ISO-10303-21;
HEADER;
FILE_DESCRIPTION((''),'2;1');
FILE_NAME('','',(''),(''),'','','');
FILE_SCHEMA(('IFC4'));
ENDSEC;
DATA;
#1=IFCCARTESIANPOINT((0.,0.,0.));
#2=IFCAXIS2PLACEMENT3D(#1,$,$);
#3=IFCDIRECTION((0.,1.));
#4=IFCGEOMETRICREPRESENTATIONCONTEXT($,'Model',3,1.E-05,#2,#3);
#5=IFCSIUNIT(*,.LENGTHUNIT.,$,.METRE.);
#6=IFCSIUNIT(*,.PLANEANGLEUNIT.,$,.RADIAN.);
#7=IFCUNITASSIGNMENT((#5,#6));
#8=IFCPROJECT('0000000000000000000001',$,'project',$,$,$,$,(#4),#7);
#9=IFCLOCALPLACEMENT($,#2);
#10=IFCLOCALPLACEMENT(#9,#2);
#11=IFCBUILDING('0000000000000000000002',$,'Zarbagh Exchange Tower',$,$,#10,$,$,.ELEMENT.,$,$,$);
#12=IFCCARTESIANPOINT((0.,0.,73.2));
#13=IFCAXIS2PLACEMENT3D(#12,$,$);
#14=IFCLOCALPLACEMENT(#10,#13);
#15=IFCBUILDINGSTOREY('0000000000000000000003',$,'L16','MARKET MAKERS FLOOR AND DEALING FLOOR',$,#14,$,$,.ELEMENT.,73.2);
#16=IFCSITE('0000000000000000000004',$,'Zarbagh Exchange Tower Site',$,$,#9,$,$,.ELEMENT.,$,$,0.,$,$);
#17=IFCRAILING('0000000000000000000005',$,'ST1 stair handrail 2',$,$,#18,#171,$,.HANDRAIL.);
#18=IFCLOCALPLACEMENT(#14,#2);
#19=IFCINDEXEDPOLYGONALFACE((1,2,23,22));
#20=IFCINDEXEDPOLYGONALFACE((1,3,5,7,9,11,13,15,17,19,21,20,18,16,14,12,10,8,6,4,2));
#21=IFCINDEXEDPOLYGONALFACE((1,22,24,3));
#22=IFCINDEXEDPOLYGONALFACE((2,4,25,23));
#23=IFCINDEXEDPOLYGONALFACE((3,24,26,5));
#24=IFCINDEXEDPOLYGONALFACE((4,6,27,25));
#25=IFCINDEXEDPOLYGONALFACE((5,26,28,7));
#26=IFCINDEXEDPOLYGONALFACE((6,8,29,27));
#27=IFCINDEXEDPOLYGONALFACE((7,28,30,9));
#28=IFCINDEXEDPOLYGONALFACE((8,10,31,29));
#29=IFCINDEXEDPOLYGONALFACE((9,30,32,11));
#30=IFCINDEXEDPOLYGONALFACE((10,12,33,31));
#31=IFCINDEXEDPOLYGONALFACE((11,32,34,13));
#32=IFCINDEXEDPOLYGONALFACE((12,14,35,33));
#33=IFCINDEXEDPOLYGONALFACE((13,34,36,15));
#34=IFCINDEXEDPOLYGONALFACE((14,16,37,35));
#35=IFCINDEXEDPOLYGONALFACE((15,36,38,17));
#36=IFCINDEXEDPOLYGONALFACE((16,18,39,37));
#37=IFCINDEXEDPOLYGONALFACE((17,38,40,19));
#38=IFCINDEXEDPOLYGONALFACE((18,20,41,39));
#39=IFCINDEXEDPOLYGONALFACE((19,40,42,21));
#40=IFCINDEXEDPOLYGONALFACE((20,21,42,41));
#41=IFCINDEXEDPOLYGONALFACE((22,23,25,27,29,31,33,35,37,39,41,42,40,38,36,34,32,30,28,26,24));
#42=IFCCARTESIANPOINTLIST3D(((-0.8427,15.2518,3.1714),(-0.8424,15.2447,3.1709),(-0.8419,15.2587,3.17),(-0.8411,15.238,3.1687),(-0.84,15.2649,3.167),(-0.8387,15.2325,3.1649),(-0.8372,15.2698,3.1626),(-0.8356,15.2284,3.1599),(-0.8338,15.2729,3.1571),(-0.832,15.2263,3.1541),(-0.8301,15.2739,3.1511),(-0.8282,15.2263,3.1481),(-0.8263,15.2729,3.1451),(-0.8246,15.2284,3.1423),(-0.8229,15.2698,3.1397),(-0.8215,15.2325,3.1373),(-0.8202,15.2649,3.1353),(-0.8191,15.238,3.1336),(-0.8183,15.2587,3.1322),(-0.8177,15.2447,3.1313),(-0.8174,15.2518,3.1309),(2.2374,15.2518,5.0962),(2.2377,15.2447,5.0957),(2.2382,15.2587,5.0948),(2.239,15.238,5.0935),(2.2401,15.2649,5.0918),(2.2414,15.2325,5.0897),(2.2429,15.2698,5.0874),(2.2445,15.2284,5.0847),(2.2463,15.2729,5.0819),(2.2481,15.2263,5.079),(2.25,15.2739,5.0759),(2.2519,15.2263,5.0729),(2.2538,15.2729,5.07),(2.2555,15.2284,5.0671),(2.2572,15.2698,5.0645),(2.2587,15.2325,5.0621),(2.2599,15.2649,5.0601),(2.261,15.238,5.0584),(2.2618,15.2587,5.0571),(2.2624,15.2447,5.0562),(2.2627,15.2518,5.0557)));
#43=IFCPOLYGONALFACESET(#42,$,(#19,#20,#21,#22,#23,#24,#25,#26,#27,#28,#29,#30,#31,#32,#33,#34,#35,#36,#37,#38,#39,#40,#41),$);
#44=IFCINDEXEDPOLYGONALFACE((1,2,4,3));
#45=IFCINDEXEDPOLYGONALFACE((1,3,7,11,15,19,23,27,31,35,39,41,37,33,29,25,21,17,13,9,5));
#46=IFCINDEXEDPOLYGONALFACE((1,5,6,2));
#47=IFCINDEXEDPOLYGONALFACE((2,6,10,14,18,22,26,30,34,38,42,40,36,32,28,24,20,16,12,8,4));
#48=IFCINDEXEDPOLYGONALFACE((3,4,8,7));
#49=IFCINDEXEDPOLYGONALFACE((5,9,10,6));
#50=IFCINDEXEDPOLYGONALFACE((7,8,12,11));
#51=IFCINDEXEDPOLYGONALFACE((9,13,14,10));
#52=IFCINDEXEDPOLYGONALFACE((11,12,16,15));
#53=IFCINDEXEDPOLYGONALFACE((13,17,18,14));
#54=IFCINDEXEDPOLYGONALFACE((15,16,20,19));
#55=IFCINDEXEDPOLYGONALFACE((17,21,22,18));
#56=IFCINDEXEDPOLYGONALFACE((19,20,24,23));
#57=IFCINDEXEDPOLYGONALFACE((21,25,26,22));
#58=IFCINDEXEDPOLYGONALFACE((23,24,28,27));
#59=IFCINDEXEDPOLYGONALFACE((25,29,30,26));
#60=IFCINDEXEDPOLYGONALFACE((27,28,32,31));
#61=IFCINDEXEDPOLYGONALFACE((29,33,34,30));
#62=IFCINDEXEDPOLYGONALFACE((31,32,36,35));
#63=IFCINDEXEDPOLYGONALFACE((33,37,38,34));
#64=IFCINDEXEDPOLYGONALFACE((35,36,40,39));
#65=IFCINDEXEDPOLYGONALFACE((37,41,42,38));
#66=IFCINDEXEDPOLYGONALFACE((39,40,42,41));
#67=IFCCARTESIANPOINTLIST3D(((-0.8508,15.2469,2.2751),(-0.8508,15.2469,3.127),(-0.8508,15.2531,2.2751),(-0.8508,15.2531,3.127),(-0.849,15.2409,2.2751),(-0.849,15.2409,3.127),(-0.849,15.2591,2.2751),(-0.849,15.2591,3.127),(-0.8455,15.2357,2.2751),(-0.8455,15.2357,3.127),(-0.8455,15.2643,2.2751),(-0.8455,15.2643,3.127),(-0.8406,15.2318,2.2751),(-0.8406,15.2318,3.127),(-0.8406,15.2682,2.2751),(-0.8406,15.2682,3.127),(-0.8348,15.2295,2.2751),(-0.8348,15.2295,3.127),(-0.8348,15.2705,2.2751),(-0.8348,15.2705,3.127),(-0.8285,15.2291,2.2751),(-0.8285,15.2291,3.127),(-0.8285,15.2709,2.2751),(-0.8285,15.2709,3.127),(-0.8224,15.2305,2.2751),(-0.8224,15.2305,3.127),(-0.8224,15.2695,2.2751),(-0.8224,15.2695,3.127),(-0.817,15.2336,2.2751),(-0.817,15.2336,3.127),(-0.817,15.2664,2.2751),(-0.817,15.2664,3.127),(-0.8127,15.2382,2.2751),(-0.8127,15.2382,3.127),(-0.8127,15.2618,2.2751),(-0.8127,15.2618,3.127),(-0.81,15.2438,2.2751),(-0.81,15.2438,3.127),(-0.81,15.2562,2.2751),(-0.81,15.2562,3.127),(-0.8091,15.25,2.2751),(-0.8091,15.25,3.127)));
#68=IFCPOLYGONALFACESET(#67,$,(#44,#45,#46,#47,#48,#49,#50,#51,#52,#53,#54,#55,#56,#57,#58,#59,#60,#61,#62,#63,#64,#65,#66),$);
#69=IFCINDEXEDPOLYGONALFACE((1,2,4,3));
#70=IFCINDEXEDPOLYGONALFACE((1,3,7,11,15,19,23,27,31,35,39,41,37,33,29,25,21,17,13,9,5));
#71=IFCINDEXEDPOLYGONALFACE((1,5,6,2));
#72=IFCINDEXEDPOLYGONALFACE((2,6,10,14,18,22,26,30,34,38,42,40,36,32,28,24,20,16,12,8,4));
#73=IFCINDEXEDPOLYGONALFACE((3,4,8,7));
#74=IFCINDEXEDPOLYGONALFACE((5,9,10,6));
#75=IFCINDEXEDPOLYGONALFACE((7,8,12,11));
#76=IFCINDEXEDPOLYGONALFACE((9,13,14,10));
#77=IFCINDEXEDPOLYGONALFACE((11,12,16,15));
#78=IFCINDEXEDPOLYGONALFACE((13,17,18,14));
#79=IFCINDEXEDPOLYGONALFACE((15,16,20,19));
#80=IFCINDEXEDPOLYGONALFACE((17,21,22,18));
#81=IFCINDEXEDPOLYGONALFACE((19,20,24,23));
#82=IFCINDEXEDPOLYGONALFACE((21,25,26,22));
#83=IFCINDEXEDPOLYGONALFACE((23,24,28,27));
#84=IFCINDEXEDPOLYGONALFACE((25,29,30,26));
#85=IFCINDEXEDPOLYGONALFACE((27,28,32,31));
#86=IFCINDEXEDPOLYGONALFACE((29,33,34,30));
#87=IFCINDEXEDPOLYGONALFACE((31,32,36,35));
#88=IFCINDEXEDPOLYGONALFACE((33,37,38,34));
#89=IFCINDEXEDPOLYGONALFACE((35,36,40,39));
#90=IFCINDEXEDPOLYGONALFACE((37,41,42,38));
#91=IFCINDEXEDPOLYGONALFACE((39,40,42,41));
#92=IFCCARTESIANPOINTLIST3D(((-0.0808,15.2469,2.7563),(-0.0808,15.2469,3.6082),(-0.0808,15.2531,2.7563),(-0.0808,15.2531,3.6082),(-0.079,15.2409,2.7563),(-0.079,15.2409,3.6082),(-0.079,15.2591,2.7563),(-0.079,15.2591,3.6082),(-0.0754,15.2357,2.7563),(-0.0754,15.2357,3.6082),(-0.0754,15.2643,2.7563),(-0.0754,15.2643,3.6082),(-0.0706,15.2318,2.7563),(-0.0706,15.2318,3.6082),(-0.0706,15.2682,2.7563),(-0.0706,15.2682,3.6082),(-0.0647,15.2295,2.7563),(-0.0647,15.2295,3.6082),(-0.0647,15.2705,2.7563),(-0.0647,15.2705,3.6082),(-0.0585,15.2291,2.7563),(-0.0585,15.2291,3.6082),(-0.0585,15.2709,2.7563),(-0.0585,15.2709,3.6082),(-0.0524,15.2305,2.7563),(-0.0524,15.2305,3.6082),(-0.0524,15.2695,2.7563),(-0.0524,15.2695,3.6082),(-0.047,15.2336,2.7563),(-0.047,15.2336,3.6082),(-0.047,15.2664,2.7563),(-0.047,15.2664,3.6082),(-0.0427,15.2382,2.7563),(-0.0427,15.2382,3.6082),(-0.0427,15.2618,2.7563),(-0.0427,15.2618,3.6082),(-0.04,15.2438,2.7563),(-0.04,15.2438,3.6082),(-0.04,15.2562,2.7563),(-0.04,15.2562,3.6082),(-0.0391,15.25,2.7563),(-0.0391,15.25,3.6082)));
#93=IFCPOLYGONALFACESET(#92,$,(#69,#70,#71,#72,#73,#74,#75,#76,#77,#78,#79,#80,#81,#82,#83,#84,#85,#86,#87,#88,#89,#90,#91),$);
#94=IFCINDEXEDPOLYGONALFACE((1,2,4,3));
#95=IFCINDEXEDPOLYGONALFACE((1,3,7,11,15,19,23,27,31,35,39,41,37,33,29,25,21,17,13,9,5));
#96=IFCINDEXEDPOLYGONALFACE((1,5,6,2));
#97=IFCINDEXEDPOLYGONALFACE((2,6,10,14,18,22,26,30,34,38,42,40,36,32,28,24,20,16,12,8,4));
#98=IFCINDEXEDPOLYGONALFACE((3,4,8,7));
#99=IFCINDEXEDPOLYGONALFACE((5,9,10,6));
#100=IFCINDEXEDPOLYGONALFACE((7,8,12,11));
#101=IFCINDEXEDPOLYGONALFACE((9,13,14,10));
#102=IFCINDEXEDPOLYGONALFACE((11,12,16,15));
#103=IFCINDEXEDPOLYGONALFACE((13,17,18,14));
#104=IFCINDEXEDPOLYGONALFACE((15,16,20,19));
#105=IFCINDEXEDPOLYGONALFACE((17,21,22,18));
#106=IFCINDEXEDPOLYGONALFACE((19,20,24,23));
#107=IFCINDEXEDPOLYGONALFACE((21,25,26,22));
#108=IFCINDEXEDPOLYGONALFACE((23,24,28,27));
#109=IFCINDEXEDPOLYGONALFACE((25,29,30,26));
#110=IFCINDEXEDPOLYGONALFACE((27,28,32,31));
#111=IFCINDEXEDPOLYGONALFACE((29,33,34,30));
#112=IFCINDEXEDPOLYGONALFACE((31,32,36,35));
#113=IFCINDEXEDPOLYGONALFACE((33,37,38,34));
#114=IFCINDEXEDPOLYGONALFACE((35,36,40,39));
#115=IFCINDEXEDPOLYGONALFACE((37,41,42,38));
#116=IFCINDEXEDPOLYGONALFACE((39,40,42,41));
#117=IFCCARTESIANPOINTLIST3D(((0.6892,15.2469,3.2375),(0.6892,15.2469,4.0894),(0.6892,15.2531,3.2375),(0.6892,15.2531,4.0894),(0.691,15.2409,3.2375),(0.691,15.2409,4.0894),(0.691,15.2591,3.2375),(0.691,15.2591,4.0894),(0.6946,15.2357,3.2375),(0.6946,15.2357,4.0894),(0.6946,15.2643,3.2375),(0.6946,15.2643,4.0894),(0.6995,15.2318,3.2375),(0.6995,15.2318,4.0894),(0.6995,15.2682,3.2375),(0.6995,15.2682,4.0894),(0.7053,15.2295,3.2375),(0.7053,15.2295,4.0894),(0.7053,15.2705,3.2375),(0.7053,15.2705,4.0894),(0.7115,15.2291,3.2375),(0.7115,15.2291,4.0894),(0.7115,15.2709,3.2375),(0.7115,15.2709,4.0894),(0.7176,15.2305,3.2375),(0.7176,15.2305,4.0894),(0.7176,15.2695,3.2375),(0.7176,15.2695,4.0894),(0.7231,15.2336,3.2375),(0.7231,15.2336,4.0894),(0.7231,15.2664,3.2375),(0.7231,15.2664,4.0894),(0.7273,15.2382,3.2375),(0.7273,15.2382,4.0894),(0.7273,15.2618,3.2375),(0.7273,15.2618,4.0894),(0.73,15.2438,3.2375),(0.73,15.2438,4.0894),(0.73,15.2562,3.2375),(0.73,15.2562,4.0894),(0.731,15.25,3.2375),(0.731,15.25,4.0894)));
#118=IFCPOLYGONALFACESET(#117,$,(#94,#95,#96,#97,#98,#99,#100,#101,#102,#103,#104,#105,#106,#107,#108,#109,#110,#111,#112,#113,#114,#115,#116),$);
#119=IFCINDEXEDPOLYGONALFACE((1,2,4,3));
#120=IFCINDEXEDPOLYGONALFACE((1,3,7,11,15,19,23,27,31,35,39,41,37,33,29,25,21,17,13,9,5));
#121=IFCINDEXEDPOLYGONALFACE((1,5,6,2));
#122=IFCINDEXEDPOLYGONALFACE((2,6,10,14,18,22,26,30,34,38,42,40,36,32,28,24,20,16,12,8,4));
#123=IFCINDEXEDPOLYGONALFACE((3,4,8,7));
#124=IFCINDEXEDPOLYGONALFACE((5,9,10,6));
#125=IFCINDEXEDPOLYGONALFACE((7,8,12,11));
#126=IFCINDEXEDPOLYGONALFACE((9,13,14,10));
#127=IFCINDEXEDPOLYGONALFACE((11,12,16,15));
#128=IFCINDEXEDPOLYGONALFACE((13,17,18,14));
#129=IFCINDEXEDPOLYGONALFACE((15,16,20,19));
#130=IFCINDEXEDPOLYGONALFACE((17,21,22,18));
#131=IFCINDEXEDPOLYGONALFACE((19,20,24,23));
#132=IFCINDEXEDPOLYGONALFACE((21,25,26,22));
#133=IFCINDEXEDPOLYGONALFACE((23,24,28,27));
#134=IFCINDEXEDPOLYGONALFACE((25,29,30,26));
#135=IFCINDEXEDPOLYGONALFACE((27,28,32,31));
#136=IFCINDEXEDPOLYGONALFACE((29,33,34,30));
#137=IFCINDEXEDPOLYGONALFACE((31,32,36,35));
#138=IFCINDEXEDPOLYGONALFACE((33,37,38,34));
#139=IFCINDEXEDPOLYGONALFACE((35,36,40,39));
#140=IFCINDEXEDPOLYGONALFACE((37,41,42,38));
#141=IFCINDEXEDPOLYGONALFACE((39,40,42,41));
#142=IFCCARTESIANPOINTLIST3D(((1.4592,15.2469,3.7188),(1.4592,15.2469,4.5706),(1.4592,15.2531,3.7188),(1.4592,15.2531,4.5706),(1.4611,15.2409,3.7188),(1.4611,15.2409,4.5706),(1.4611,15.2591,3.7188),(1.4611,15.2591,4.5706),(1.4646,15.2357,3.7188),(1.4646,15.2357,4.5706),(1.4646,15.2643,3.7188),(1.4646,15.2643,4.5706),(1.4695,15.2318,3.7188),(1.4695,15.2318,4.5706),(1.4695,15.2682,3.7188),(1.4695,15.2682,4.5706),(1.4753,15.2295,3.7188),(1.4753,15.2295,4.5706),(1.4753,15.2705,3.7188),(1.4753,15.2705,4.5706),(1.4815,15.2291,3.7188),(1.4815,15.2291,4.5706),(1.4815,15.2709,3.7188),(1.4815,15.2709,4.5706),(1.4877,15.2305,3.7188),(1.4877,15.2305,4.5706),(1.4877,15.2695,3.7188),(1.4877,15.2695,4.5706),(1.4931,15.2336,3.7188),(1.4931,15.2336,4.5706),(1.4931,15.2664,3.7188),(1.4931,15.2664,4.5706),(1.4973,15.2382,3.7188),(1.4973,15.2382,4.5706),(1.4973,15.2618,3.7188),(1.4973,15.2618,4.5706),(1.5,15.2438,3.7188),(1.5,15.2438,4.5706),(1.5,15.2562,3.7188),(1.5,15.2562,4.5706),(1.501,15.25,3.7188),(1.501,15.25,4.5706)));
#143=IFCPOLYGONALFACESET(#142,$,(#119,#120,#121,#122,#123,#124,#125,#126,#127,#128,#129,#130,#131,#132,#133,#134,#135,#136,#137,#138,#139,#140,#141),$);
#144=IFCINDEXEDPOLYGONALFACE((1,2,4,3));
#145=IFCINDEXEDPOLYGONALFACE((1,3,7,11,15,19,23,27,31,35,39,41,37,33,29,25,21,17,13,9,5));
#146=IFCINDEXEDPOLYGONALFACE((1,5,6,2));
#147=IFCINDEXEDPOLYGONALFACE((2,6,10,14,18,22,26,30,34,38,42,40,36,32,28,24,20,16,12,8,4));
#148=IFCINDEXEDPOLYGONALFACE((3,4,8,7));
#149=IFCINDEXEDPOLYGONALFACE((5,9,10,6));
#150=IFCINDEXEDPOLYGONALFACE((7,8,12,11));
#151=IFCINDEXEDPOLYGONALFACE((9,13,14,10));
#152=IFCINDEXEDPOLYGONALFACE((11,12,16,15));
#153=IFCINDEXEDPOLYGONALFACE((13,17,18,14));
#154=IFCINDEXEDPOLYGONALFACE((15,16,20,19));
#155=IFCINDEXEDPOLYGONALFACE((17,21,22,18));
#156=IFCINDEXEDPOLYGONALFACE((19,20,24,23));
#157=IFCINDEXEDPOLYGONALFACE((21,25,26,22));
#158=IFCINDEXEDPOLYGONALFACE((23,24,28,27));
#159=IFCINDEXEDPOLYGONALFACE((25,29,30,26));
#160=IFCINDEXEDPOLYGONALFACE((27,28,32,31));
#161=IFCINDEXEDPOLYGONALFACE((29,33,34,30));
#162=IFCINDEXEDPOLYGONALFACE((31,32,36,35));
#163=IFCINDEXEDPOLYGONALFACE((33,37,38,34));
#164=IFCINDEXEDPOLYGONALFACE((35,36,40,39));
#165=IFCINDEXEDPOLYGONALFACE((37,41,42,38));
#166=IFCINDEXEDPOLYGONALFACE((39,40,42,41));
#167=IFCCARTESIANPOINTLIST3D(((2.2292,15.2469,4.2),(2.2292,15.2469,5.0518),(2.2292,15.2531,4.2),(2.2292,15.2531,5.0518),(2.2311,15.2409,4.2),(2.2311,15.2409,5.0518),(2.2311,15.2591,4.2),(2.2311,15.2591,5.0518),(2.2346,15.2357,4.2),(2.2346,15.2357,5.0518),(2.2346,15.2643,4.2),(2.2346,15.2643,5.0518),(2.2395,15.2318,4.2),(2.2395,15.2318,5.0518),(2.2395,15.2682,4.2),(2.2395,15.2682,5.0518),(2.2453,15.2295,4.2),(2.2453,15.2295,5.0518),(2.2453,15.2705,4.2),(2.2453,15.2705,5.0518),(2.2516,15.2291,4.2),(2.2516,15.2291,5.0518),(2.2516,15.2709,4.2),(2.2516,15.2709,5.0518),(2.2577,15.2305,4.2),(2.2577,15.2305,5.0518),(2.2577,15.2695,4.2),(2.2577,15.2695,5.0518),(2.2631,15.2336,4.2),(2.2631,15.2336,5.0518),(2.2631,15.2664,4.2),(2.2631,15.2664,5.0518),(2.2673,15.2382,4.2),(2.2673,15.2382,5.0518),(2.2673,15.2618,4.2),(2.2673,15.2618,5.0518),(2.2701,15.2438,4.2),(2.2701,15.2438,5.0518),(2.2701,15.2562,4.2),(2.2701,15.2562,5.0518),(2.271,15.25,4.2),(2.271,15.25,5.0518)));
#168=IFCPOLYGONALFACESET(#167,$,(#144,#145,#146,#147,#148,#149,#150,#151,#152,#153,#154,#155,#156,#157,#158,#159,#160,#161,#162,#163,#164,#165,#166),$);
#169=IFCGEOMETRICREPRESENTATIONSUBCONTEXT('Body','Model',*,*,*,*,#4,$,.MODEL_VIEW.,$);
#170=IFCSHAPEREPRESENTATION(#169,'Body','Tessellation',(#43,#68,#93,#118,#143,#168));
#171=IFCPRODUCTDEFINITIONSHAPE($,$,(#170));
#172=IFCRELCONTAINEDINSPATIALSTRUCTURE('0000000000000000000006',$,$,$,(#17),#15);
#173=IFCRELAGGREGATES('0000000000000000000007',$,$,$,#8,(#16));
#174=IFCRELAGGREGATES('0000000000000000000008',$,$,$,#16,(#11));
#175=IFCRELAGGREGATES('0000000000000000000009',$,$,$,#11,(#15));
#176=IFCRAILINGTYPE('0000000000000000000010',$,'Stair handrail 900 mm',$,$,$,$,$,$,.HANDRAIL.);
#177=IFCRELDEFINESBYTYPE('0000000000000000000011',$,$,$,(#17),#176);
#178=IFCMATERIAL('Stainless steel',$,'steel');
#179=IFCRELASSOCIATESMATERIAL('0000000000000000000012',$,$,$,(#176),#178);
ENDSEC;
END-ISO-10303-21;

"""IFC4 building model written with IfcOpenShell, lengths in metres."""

from ifc_helpers import new_model, si_unit, direction, frame, origin, origin_2d, place, context, subcontext, project, spatial, circle, extrude, material, type_object, element, save


model = new_model("IFC4")

# Units and contexts
model_context = context("Model", 3, precision=1e-05, world=origin(), true_north=direction((0.0, 1.0)))
body_context = subcontext(model_context, "Body", "Model", "MODEL_VIEW")
ifc_project = project(units=[si_unit("LENGTHUNIT", "METRE"), si_unit("PLANEANGLEUNIT", "RADIAN")], contexts=[model_context])

# Site, building, storey
site_placement = place(None, origin())
site = spatial("IfcSite", under=ifc_project, at=site_placement, Name="Zarbagh Exchange Tower Site", CompositionType="ELEMENT", RefElevation=0.0)
building_placement = place(site_placement, origin())
building = spatial("IfcBuilding", under=site, at=building_placement, Name="Zarbagh Exchange Tower", CompositionType="ELEMENT")
storey_placement = place(building_placement, frame((0.0, 0.0, 73.2)))
storey = spatial("IfcBuildingStorey", under=building, at=storey_placement, Name="L16", Description="MARKET MAKERS FLOOR AND DEALING FLOOR", CompositionType="ELEMENT", Elevation=73.2)

# Shared definitions
ifc_material_1 = material(Name="Stainless steel", Category="steel")

# Railing
railing_type_1 = type_object("IfcRailingType", Name="Stair handrail 900 mm", PredefinedType="HANDRAIL", material=ifc_material_1)
railing_1_placement = place(storey_placement, frame((-0.8301, 15.25, 2.2751)))
element("IfcRailing", 1, at=railing_1_placement, inside=storey, type_object=railing_type_1, Name="ST1 stair handrail 2", PredefinedType="HANDRAIL", context=body_context, shape_type="SweptSolid", body=[
    extrude(circle(Radius=0.0239, at=origin_2d()), frame((0.0, 0.0, 0.876), z_axis=(0.848029, 0.0, 0.529951), x_axis=(0.0, 1.0, 0.0)), (0.0, 0.0, 1.0), 3.6321),
    extrude(circle(Radius=0.021, at=origin_2d()), origin(), (0.0, 0.0, 1.0), 0.8518),
    extrude(circle(Radius=0.021, at=origin_2d()), frame((0.77, 0.0, 0.4812)), (0.0, 0.0, 1.0), 0.8518),
    extrude(circle(Radius=0.021, at=origin_2d()), frame((1.54, 0.0, 0.9624)), (0.0, 0.0, 1.0), 0.8518),
    extrude(circle(Radius=0.021, at=origin_2d()), frame((2.3101, 0.0, 1.4436)), (0.0, 0.0, 1.0), 0.8518),
    extrude(circle(Radius=0.021, at=origin_2d()), frame((3.0801, 0.0, 1.9248)), (0.0, 0.0, 1.0), 0.8518),
])

save(model, "model.ifc")
